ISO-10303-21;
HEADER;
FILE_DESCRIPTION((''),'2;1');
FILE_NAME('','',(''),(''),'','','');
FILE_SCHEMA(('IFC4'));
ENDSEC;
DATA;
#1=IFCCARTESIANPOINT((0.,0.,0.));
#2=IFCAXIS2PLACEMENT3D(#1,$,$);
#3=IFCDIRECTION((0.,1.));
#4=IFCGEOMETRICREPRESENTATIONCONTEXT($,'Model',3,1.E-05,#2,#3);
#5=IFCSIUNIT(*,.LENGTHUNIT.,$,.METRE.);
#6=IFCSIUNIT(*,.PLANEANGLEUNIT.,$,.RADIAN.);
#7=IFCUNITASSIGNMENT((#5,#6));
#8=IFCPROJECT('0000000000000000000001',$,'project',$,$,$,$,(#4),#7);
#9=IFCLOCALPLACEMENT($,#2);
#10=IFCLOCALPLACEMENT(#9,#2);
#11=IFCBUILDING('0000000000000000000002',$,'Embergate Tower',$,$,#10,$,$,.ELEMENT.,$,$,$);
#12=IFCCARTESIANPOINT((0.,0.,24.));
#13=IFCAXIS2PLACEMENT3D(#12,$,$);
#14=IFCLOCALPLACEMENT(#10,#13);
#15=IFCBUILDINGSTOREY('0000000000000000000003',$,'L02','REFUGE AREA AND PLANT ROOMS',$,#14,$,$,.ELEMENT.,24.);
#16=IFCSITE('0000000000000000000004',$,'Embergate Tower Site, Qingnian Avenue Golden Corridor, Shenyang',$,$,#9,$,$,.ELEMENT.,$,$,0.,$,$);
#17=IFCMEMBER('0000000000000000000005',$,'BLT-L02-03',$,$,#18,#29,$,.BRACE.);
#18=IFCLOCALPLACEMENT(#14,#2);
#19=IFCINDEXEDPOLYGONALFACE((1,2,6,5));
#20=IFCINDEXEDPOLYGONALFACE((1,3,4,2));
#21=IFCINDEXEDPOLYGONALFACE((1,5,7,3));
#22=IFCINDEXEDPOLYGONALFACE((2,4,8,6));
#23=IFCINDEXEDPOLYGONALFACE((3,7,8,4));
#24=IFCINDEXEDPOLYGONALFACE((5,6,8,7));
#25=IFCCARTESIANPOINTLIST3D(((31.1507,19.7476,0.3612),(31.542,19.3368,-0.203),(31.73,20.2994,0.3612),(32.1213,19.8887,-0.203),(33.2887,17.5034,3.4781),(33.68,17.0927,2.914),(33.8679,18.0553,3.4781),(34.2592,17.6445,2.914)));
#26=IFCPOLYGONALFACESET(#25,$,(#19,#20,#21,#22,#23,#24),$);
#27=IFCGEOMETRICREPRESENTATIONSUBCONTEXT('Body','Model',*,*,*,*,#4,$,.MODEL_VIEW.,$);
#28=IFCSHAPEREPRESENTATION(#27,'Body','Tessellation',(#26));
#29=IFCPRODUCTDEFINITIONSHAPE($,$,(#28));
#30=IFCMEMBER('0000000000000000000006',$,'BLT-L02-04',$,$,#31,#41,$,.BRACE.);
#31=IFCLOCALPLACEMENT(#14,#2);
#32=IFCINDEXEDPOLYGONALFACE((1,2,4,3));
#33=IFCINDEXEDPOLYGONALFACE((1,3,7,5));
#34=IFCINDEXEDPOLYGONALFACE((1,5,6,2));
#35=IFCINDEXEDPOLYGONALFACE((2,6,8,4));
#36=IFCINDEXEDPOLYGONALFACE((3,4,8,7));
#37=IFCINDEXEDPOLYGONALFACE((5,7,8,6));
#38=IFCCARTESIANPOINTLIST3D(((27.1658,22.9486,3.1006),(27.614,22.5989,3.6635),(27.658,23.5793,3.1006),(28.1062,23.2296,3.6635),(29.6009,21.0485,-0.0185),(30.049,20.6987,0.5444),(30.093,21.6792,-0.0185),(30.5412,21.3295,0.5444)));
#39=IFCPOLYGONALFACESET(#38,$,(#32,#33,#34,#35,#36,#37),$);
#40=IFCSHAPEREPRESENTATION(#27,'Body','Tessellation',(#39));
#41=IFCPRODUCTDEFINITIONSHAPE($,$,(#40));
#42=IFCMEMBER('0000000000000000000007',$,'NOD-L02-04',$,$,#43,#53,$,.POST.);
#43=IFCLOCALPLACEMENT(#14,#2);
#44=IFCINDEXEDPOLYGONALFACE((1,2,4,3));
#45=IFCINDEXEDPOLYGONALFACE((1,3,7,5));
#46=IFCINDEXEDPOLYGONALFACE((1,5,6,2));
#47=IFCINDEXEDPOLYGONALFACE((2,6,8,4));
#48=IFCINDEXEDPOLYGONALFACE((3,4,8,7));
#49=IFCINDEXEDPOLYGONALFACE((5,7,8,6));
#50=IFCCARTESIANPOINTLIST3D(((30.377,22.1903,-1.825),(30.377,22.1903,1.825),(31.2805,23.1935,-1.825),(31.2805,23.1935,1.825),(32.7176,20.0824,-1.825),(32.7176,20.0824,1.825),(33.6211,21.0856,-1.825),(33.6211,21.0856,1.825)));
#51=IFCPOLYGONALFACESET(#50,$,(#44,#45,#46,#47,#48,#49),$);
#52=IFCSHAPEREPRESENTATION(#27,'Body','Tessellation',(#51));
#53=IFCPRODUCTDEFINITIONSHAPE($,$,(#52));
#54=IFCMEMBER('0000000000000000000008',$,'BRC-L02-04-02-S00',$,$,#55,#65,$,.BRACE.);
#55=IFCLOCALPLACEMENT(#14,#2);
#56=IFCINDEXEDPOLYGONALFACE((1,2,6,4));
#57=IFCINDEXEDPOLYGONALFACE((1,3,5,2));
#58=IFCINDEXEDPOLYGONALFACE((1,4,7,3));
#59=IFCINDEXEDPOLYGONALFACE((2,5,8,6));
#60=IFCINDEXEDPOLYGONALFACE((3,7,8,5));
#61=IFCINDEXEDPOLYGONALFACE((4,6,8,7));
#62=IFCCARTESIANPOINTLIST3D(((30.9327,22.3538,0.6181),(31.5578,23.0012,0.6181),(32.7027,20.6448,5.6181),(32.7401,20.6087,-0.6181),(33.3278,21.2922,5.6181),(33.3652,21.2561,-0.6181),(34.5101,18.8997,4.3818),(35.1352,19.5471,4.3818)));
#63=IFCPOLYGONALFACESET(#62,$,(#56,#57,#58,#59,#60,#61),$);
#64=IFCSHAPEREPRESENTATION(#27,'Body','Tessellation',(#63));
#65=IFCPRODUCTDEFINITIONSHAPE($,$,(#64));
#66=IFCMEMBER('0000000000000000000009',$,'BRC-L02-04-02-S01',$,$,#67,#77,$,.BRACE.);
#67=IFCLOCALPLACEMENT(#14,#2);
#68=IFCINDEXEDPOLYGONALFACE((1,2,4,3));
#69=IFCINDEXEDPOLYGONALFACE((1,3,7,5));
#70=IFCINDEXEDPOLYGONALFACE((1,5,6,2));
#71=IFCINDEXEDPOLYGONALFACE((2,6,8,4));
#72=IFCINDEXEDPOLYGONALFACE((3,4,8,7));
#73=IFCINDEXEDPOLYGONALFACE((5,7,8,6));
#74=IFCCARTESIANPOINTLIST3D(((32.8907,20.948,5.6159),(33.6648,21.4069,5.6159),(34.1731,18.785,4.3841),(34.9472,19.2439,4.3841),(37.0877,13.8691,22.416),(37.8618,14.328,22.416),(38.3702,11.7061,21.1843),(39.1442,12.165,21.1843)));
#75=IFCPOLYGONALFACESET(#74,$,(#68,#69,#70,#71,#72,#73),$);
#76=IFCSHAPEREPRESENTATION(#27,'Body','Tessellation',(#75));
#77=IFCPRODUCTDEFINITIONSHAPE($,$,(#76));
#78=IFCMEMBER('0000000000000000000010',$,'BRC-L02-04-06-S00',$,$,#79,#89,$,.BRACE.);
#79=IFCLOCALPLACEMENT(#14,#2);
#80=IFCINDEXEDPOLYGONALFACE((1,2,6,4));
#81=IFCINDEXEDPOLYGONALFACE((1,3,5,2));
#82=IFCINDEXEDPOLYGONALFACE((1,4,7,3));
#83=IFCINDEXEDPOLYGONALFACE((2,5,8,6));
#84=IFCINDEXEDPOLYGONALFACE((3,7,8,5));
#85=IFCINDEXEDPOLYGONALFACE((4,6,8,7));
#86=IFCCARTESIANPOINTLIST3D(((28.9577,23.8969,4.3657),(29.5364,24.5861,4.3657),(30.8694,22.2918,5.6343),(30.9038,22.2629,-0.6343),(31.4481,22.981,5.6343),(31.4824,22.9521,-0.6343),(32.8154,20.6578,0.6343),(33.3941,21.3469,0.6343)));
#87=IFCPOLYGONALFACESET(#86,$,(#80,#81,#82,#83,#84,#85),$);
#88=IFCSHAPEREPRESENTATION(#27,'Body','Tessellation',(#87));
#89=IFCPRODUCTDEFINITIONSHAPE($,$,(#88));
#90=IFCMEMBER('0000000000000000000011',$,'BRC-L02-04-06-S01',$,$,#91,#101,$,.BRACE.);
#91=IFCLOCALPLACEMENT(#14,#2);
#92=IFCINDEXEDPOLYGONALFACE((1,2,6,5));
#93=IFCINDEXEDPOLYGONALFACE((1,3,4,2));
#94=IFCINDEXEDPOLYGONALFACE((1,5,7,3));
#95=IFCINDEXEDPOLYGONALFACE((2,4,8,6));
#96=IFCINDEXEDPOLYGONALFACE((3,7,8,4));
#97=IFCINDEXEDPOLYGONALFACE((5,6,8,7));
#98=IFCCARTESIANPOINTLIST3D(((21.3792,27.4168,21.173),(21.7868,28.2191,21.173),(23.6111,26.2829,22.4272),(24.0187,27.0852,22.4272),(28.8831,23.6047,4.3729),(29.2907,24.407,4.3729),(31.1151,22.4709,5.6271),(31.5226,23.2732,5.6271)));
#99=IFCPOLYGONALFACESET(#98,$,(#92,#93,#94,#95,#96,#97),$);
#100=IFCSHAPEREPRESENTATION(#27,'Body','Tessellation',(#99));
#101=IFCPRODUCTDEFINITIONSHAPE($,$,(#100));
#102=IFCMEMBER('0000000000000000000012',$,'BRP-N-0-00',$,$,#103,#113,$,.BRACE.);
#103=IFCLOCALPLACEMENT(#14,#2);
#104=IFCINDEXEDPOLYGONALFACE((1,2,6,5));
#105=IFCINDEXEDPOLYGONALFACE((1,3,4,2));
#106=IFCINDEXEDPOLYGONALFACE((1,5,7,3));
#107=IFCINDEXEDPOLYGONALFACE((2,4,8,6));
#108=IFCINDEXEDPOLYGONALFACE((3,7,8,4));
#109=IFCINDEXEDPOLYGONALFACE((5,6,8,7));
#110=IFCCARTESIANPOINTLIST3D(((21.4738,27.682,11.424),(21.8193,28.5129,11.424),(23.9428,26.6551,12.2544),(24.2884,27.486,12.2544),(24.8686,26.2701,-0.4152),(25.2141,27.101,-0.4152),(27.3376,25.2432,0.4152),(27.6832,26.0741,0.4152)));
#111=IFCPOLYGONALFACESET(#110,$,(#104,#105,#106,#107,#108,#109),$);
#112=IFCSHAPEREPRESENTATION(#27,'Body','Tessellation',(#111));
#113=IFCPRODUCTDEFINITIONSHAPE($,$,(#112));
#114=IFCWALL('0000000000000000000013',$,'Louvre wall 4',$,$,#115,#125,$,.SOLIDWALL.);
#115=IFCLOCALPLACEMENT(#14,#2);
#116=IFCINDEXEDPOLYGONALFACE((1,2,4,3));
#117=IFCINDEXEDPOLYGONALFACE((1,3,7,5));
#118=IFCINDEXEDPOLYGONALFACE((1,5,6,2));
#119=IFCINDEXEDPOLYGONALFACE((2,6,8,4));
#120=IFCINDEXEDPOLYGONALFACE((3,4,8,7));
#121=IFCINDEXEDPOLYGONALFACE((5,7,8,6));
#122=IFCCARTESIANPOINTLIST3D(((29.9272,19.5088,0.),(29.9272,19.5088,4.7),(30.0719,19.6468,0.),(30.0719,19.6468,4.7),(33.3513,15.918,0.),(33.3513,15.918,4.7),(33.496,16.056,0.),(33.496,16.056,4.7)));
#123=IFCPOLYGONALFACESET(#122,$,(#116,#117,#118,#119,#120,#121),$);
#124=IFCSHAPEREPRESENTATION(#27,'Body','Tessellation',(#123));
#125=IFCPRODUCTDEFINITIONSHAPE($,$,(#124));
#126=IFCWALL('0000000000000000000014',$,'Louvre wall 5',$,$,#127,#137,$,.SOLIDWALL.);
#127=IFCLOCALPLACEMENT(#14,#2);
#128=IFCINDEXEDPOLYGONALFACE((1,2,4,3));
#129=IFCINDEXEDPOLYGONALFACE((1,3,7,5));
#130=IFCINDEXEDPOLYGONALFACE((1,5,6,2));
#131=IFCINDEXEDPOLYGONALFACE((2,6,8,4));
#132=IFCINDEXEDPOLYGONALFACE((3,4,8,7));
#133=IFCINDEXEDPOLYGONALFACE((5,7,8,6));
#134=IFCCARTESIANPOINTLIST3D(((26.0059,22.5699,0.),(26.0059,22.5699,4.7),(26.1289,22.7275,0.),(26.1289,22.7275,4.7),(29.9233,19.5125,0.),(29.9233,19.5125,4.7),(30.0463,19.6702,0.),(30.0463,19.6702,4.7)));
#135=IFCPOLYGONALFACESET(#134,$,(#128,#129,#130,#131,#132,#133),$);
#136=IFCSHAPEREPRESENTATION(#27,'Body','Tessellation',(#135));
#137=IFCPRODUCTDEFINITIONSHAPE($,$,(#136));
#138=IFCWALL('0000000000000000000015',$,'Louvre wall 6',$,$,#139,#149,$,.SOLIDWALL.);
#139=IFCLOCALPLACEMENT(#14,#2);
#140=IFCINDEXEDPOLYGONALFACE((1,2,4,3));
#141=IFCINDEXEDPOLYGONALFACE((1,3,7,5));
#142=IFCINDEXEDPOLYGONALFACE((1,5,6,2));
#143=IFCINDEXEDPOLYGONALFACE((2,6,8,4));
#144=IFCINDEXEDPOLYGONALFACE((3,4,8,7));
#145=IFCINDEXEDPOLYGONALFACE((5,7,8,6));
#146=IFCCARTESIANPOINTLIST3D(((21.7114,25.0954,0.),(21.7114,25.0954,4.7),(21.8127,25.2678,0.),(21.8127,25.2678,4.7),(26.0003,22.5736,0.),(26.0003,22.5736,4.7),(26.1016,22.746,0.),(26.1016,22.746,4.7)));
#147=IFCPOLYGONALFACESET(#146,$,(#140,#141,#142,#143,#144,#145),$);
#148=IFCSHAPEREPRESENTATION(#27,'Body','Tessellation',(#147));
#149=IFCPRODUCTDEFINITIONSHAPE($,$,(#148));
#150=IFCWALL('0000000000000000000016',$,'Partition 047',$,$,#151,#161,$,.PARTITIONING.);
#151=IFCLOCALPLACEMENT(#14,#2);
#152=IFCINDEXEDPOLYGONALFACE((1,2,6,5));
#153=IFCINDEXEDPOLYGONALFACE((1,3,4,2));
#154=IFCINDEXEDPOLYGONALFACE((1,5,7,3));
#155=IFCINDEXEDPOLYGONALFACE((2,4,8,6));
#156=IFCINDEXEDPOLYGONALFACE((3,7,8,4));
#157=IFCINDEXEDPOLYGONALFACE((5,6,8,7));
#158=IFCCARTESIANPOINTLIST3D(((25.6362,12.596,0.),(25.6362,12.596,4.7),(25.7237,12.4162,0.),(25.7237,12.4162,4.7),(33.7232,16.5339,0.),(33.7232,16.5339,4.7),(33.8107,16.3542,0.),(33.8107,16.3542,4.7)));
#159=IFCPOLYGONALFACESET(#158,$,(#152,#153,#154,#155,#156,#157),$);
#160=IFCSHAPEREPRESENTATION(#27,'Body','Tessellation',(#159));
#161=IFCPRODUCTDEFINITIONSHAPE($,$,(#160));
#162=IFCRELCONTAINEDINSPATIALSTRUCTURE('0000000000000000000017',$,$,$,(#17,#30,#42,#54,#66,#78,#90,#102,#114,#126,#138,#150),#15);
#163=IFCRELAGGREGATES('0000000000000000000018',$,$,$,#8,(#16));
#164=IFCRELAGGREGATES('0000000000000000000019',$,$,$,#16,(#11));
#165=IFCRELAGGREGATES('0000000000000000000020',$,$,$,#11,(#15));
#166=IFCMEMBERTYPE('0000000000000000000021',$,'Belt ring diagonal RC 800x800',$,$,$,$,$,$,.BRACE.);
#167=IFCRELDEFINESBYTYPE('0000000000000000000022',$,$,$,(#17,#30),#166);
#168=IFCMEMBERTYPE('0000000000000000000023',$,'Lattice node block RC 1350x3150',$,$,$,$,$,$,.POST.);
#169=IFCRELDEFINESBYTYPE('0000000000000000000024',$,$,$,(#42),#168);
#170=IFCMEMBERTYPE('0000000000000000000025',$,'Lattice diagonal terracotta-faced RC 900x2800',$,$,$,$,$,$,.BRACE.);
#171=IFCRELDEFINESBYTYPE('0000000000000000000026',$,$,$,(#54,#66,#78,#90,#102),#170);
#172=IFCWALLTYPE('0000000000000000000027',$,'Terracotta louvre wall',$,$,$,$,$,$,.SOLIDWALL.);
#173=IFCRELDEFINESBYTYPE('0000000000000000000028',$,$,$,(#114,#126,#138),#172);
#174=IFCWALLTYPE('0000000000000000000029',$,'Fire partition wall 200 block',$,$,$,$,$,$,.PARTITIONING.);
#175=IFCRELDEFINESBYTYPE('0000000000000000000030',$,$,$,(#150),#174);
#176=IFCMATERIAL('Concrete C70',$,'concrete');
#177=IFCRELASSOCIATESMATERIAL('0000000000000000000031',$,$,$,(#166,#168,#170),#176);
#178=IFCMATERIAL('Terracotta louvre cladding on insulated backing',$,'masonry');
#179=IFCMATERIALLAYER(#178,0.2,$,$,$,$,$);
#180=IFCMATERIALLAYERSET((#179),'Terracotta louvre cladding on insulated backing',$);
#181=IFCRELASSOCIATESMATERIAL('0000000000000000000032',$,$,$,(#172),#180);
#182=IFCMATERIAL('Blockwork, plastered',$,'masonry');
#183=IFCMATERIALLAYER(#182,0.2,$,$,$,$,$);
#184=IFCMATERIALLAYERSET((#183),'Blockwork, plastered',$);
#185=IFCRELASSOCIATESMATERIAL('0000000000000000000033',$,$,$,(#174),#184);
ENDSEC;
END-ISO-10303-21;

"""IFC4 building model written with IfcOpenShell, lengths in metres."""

from ifc_helpers import new_model, si_unit, direction, frame, frame_2d, origin, origin_2d, place, context, subcontext, project, spatial, rectangle, extrude, source, transform, mapped, material, layer, layer_set, material_profile, profile_set, type_object, element, save


model = new_model("IFC4")

# Units and contexts
model_context = context("Model", 3, precision=1e-05, world=origin(), true_north=direction((0.0, 1.0)))
body_context = subcontext(model_context, "Body", "Model", "MODEL_VIEW")
ifc_project = project(units=[si_unit("LENGTHUNIT", "METRE"), si_unit("PLANEANGLEUNIT", "RADIAN")], contexts=[model_context])

# Site, building, storey
site_placement = place(None, origin())
site = spatial("IfcSite", under=ifc_project, at=site_placement, Name="Embergate Tower Site, Qingnian Avenue Golden Corridor, Shenyang", CompositionType="ELEMENT", RefElevation=0.0)
building_placement = place(site_placement, origin())
building = spatial("IfcBuilding", under=site, at=building_placement, Name="Embergate Tower", CompositionType="ELEMENT")
storey_placement = place(building_placement, frame((0.0, 0.0, 24.0)))
storey = spatial("IfcBuildingStorey", under=building, at=storey_placement, Name="L02", Description="REFUGE AREA AND PLANT ROOMS", CompositionType="ELEMENT", Elevation=24.0)

# Shared definitions
ifc_material_1 = material(Name="Concrete C70", Category="concrete")

# Members
ifc_material_profile_1 = material_profile(ifc_material_1, rectangle(XDim=0.8, YDim=0.8, at=origin_2d()), Name="RC 800x800")
ifc_profile_set_1 = profile_set([ifc_material_profile_1], Name="Concrete C70")
member_type_1 = type_object("IfcMemberType", Name="Belt ring diagonal RC 800x800", PredefinedType="BRACE", material=ifc_profile_set_1)
shared_shape_1 = source(origin(), body_context, "Body", "SweptSolid", [
    extrude(rectangle(XDim=0.8, YDim=0.8, at=origin_2d()), origin(), (0.0, 0.0, 1.0), 4.3958),
])
member_1_placement = place(storey_placement, frame((31.636, 19.8181, 0.0791), z_axis=(0.486369, -0.510529, 0.709087), x_axis=(0.724031, 0.689767, 0.0)))
element("IfcMember", 1, at=member_1_placement, inside=storey, type_object=member_type_1, Name="BLT-L02-03", PredefinedType="BRACE", context=body_context, shape_type="MappedRepresentation", body=[
    mapped(shared_shape_1, transform((0.0, 0.0, 0.0))),
])
shared_shape_2 = source(origin(), body_context, "Body", "SweptSolid", [
    extrude(rectangle(XDim=0.8, YDim=0.8, at=origin_2d()), origin(), (0.0, 0.0, 1.0), 4.3896),
])
member_2_placement = place(storey_placement, frame((30.071, 21.189, 0.2629), z_axis=(-0.554726, 0.432869, 0.710566), x_axis=(-0.615193, -0.788377, 0.0)))
element("IfcMember", 2, at=member_2_placement, inside=storey, type_object=member_type_1, Name="BLT-L02-04", PredefinedType="BRACE", context=body_context, shape_type="MappedRepresentation", body=[
    mapped(shared_shape_2, transform((0.0, 0.0, 0.0))),
])
ifc_material_profile_2 = material_profile(ifc_material_1, rectangle(XDim=1.3501, YDim=3.1499, at=origin_2d()), Name="RC 1350x3150")
ifc_profile_set_2 = profile_set([ifc_material_profile_2], Name="Concrete C70")
member_type_2 = type_object("IfcMemberType", Name="Lattice node block RC 1350x3150", PredefinedType="POST", material=ifc_profile_set_2)
shared_shape_3 = source(origin(), body_context, "Body", "SweptSolid", [
    extrude(rectangle(XDim=1.3501, YDim=3.1499, at=origin_2d()), origin(), (0.0, 0.0, 1.0), 3.6499),
])
member_3_placement = place(storey_placement, frame((31.999, 21.6379, -1.825), z_axis=(0.0, 0.0, 1.0), x_axis=(0.669208, 0.743075, 0.0)))
element("IfcMember", 3, at=member_3_placement, inside=storey, type_object=member_type_2, Name="NOD-L02-04", PredefinedType="POST", context=body_context, shape_type="MappedRepresentation", body=[
    mapped(shared_shape_3, transform((0.0, 0.0, 0.0))),
])
ifc_material_profile_3 = material_profile(ifc_material_1, rectangle(XDim=0.8999, YDim=2.8, at=origin_2d()), Name="RC 900x2800")
ifc_profile_set_3 = profile_set([ifc_material_profile_3], Name="Concrete C70")
member_type_3 = type_object("IfcMemberType", Name="Lattice diagonal terracotta-faced RC 900x2800", PredefinedType="BRACE", material=ifc_profile_set_3)
shared_shape_4 = source(origin(), body_context, "Body", "SweptSolid", [
    extrude(rectangle(XDim=0.8999, YDim=2.8, at=origin_2d()), origin(), (0.0, 0.0, 1.0), 5.5725),
])
member_4_placement = place(storey_placement, frame((32.1489, 21.8049, 0.0), z_axis=(0.31763, -0.306678, 0.897251), x_axis=(0.694595, 0.719401, 0.0)))
element("IfcMember", 4, at=member_4_placement, inside=storey, type_object=member_type_3, Name="BRC-L02-04-02-S00", PredefinedType="BRACE", context=body_context, shape_type="MappedRepresentation", body=[
    mapped(shared_shape_4, transform((0.0, 0.0, 0.0))),
])
shared_shape_5 = source(origin(), body_context, "Body", "SweptSolid", [
    extrude(rectangle(XDim=0.8999, YDim=2.8, at=origin_2d()), origin(), (0.0, 0.0, 1.0), 18.7075),
])
member_5_placement = place(storey_placement, frame((33.9189, 20.0959, 5.0), z_axis=(0.224351, -0.378399, 0.898043), x_axis=(0.860177, 0.509995, 0.0)))
element("IfcMember", 5, at=member_5_placement, inside=storey, type_object=member_type_3, Name="BRC-L02-04-02-S01", PredefinedType="BRACE", context=body_context, shape_type="MappedRepresentation", body=[
    mapped(shared_shape_5, transform((0.0, 0.0, 0.0))),
])
shared_shape_6 = source(origin(), body_context, "Body", "SweptSolid", [
    extrude(rectangle(XDim=0.8999, YDim=2.8, at=origin_2d()), origin(), (0.0, 0.0, 1.0), 5.6086),
])
member_6_placement = place(storey_placement, frame((32.1489, 21.8049, 0.0), z_axis=(-0.346971, 0.291341, 0.891477), x_axis=(-0.643043, -0.76583, 0.0)))
element("IfcMember", 6, at=member_6_placement, inside=storey, type_object=member_type_3, Name="BRC-L02-04-06-S00", PredefinedType="BRACE", context=body_context, shape_type="MappedRepresentation", body=[
    mapped(shared_shape_6, transform((0.0, 0.0, 0.0))),
])
shared_shape_7 = source(origin(), body_context, "Body", "SweptSolid", [
    extrude(rectangle(XDim=0.8999, YDim=2.8, at=origin_2d()), origin(), (0.0, 0.0, 1.0), 18.7905),
])
member_7_placement = place(storey_placement, frame((30.2029, 23.439, 5.0), z_axis=(-0.399346, 0.202869, 0.894073), x_axis=(-0.452913, -0.891555, 0.0)))
element("IfcMember", 7, at=member_7_placement, inside=storey, type_object=member_type_3, Name="BRC-L02-04-06-S01", PredefinedType="BRACE", context=body_context, shape_type="MappedRepresentation", body=[
    mapped(shared_shape_7, transform((0.0, 0.0, 0.0))),
])
shared_shape_8 = source(origin(), body_context, "Body", "SweptSolid", [
    extrude(rectangle(XDim=0.8999, YDim=2.8, at=origin_2d()), origin(), (0.0, 0.0, 1.0), 12.397),
])
member_8_placement = place(storey_placement, frame((26.2759, 26.1721, 0.0), z_axis=(-0.273841, 0.113889, 0.955008), x_axis=(-0.384007, -0.92333, 0.0)))
element("IfcMember", 8, at=member_8_placement, inside=storey, type_object=member_type_3, Name="BRP-N-0-00", PredefinedType="BRACE", context=body_context, shape_type="MappedRepresentation", body=[
    mapped(shared_shape_8, transform((0.0, 0.0, 0.0))),
])

# Walls
ifc_material_2 = material(Name="Terracotta louvre cladding on insulated backing", Category="masonry")
ifc_layer_1 = layer(ifc_material_2, 0.2)
ifc_layer_set_1 = layer_set([ifc_layer_1], Name="Terracotta louvre cladding on insulated backing")
wall_type_1 = type_object("IfcWallType", Name="Terracotta louvre wall", PredefinedType="SOLIDWALL", material=ifc_layer_set_1)
shared_shape_9 = source(origin(), body_context, "Body", "SweptSolid", [
    extrude(rectangle(XDim=4.9617, YDim=0.2, at=frame_2d((2.481, 0.0))), origin(), (0.0, 0.0, 1.0), 4.7),
])
wall_1_placement = place(storey_placement, frame((29.9995, 19.5779, 0.0), z_axis=(0.0, 0.0, 1.0), x_axis=(0.690104, -0.723711, 0.0)))
element("IfcWall", 9, at=wall_1_placement, inside=storey, type_object=wall_type_1, Name="Louvre wall 4", PredefinedType="SOLIDWALL", context=body_context, shape_type="MappedRepresentation", body=[
    mapped(shared_shape_9, transform((0.0, 0.0, 0.0))),
])
shared_shape_10 = source(origin(), body_context, "Body", "SweptSolid", [
    extrude(rectangle(XDim=4.9692, YDim=0.2, at=frame_2d((2.4846, 0.0))), origin(), (0.0, 0.0, 1.0), 4.7),
])
wall_2_placement = place(storey_placement, frame((26.0674, 22.6487, 0.0), z_axis=(0.0, 0.0, 1.0), x_axis=(0.788333, -0.615249, 0.0)))
element("IfcWall", 10, at=wall_2_placement, inside=storey, type_object=wall_type_1, Name="Louvre wall 5", PredefinedType="SOLIDWALL", context=body_context, shape_type="MappedRepresentation", body=[
    mapped(shared_shape_10, transform((0.0, 0.0, 0.0))),
])
shared_shape_11 = source(origin(), body_context, "Body", "SweptSolid", [
    extrude(rectangle(XDim=4.9753, YDim=0.2, at=frame_2d((2.4878, 0.0))), origin(), (0.0, 0.0, 1.0), 4.7),
])
wall_3_placement = place(storey_placement, frame((21.762, 25.1816, 0.0), z_axis=(0.0, 0.0, 1.0), x_axis=(0.862031, -0.506855, 0.0)))
element("IfcWall", 11, at=wall_3_placement, inside=storey, type_object=wall_type_1, Name="Louvre wall 6", PredefinedType="SOLIDWALL", context=body_context, shape_type="MappedRepresentation", body=[
    mapped(shared_shape_11, transform((0.0, 0.0, 0.0))),
])
ifc_material_3 = material(Name="Blockwork, plastered", Category="masonry")
ifc_layer_2 = layer(ifc_material_3, 0.2)
ifc_layer_set_2 = layer_set([ifc_layer_2], Name="Blockwork, plastered")
wall_type_2 = type_object("IfcWallType", Name="Fire partition wall 200 block", PredefinedType="PARTITIONING", material=ifc_layer_set_2)
shared_shape_12 = source(origin(), body_context, "Body", "SweptSolid", [
    extrude(rectangle(XDim=8.9949, YDim=0.2, at=frame_2d((4.4976, 0.0))), origin(), (0.0, 0.0, 1.0), 4.7),
])
wall_4_placement = place(storey_placement, frame((33.7671, 16.4441, 0.0), z_axis=(0.0, 0.0, 1.0), x_axis=(-0.899073, -0.437798, 0.0)))
element("IfcWall", 12, at=wall_4_placement, inside=storey, type_object=wall_type_2, Name="Partition 047", PredefinedType="PARTITIONING", context=body_context, shape_type="MappedRepresentation", body=[
    mapped(shared_shape_12, transform((0.0, 0.0, 0.0))),
])

save(model, "model.ifc")
